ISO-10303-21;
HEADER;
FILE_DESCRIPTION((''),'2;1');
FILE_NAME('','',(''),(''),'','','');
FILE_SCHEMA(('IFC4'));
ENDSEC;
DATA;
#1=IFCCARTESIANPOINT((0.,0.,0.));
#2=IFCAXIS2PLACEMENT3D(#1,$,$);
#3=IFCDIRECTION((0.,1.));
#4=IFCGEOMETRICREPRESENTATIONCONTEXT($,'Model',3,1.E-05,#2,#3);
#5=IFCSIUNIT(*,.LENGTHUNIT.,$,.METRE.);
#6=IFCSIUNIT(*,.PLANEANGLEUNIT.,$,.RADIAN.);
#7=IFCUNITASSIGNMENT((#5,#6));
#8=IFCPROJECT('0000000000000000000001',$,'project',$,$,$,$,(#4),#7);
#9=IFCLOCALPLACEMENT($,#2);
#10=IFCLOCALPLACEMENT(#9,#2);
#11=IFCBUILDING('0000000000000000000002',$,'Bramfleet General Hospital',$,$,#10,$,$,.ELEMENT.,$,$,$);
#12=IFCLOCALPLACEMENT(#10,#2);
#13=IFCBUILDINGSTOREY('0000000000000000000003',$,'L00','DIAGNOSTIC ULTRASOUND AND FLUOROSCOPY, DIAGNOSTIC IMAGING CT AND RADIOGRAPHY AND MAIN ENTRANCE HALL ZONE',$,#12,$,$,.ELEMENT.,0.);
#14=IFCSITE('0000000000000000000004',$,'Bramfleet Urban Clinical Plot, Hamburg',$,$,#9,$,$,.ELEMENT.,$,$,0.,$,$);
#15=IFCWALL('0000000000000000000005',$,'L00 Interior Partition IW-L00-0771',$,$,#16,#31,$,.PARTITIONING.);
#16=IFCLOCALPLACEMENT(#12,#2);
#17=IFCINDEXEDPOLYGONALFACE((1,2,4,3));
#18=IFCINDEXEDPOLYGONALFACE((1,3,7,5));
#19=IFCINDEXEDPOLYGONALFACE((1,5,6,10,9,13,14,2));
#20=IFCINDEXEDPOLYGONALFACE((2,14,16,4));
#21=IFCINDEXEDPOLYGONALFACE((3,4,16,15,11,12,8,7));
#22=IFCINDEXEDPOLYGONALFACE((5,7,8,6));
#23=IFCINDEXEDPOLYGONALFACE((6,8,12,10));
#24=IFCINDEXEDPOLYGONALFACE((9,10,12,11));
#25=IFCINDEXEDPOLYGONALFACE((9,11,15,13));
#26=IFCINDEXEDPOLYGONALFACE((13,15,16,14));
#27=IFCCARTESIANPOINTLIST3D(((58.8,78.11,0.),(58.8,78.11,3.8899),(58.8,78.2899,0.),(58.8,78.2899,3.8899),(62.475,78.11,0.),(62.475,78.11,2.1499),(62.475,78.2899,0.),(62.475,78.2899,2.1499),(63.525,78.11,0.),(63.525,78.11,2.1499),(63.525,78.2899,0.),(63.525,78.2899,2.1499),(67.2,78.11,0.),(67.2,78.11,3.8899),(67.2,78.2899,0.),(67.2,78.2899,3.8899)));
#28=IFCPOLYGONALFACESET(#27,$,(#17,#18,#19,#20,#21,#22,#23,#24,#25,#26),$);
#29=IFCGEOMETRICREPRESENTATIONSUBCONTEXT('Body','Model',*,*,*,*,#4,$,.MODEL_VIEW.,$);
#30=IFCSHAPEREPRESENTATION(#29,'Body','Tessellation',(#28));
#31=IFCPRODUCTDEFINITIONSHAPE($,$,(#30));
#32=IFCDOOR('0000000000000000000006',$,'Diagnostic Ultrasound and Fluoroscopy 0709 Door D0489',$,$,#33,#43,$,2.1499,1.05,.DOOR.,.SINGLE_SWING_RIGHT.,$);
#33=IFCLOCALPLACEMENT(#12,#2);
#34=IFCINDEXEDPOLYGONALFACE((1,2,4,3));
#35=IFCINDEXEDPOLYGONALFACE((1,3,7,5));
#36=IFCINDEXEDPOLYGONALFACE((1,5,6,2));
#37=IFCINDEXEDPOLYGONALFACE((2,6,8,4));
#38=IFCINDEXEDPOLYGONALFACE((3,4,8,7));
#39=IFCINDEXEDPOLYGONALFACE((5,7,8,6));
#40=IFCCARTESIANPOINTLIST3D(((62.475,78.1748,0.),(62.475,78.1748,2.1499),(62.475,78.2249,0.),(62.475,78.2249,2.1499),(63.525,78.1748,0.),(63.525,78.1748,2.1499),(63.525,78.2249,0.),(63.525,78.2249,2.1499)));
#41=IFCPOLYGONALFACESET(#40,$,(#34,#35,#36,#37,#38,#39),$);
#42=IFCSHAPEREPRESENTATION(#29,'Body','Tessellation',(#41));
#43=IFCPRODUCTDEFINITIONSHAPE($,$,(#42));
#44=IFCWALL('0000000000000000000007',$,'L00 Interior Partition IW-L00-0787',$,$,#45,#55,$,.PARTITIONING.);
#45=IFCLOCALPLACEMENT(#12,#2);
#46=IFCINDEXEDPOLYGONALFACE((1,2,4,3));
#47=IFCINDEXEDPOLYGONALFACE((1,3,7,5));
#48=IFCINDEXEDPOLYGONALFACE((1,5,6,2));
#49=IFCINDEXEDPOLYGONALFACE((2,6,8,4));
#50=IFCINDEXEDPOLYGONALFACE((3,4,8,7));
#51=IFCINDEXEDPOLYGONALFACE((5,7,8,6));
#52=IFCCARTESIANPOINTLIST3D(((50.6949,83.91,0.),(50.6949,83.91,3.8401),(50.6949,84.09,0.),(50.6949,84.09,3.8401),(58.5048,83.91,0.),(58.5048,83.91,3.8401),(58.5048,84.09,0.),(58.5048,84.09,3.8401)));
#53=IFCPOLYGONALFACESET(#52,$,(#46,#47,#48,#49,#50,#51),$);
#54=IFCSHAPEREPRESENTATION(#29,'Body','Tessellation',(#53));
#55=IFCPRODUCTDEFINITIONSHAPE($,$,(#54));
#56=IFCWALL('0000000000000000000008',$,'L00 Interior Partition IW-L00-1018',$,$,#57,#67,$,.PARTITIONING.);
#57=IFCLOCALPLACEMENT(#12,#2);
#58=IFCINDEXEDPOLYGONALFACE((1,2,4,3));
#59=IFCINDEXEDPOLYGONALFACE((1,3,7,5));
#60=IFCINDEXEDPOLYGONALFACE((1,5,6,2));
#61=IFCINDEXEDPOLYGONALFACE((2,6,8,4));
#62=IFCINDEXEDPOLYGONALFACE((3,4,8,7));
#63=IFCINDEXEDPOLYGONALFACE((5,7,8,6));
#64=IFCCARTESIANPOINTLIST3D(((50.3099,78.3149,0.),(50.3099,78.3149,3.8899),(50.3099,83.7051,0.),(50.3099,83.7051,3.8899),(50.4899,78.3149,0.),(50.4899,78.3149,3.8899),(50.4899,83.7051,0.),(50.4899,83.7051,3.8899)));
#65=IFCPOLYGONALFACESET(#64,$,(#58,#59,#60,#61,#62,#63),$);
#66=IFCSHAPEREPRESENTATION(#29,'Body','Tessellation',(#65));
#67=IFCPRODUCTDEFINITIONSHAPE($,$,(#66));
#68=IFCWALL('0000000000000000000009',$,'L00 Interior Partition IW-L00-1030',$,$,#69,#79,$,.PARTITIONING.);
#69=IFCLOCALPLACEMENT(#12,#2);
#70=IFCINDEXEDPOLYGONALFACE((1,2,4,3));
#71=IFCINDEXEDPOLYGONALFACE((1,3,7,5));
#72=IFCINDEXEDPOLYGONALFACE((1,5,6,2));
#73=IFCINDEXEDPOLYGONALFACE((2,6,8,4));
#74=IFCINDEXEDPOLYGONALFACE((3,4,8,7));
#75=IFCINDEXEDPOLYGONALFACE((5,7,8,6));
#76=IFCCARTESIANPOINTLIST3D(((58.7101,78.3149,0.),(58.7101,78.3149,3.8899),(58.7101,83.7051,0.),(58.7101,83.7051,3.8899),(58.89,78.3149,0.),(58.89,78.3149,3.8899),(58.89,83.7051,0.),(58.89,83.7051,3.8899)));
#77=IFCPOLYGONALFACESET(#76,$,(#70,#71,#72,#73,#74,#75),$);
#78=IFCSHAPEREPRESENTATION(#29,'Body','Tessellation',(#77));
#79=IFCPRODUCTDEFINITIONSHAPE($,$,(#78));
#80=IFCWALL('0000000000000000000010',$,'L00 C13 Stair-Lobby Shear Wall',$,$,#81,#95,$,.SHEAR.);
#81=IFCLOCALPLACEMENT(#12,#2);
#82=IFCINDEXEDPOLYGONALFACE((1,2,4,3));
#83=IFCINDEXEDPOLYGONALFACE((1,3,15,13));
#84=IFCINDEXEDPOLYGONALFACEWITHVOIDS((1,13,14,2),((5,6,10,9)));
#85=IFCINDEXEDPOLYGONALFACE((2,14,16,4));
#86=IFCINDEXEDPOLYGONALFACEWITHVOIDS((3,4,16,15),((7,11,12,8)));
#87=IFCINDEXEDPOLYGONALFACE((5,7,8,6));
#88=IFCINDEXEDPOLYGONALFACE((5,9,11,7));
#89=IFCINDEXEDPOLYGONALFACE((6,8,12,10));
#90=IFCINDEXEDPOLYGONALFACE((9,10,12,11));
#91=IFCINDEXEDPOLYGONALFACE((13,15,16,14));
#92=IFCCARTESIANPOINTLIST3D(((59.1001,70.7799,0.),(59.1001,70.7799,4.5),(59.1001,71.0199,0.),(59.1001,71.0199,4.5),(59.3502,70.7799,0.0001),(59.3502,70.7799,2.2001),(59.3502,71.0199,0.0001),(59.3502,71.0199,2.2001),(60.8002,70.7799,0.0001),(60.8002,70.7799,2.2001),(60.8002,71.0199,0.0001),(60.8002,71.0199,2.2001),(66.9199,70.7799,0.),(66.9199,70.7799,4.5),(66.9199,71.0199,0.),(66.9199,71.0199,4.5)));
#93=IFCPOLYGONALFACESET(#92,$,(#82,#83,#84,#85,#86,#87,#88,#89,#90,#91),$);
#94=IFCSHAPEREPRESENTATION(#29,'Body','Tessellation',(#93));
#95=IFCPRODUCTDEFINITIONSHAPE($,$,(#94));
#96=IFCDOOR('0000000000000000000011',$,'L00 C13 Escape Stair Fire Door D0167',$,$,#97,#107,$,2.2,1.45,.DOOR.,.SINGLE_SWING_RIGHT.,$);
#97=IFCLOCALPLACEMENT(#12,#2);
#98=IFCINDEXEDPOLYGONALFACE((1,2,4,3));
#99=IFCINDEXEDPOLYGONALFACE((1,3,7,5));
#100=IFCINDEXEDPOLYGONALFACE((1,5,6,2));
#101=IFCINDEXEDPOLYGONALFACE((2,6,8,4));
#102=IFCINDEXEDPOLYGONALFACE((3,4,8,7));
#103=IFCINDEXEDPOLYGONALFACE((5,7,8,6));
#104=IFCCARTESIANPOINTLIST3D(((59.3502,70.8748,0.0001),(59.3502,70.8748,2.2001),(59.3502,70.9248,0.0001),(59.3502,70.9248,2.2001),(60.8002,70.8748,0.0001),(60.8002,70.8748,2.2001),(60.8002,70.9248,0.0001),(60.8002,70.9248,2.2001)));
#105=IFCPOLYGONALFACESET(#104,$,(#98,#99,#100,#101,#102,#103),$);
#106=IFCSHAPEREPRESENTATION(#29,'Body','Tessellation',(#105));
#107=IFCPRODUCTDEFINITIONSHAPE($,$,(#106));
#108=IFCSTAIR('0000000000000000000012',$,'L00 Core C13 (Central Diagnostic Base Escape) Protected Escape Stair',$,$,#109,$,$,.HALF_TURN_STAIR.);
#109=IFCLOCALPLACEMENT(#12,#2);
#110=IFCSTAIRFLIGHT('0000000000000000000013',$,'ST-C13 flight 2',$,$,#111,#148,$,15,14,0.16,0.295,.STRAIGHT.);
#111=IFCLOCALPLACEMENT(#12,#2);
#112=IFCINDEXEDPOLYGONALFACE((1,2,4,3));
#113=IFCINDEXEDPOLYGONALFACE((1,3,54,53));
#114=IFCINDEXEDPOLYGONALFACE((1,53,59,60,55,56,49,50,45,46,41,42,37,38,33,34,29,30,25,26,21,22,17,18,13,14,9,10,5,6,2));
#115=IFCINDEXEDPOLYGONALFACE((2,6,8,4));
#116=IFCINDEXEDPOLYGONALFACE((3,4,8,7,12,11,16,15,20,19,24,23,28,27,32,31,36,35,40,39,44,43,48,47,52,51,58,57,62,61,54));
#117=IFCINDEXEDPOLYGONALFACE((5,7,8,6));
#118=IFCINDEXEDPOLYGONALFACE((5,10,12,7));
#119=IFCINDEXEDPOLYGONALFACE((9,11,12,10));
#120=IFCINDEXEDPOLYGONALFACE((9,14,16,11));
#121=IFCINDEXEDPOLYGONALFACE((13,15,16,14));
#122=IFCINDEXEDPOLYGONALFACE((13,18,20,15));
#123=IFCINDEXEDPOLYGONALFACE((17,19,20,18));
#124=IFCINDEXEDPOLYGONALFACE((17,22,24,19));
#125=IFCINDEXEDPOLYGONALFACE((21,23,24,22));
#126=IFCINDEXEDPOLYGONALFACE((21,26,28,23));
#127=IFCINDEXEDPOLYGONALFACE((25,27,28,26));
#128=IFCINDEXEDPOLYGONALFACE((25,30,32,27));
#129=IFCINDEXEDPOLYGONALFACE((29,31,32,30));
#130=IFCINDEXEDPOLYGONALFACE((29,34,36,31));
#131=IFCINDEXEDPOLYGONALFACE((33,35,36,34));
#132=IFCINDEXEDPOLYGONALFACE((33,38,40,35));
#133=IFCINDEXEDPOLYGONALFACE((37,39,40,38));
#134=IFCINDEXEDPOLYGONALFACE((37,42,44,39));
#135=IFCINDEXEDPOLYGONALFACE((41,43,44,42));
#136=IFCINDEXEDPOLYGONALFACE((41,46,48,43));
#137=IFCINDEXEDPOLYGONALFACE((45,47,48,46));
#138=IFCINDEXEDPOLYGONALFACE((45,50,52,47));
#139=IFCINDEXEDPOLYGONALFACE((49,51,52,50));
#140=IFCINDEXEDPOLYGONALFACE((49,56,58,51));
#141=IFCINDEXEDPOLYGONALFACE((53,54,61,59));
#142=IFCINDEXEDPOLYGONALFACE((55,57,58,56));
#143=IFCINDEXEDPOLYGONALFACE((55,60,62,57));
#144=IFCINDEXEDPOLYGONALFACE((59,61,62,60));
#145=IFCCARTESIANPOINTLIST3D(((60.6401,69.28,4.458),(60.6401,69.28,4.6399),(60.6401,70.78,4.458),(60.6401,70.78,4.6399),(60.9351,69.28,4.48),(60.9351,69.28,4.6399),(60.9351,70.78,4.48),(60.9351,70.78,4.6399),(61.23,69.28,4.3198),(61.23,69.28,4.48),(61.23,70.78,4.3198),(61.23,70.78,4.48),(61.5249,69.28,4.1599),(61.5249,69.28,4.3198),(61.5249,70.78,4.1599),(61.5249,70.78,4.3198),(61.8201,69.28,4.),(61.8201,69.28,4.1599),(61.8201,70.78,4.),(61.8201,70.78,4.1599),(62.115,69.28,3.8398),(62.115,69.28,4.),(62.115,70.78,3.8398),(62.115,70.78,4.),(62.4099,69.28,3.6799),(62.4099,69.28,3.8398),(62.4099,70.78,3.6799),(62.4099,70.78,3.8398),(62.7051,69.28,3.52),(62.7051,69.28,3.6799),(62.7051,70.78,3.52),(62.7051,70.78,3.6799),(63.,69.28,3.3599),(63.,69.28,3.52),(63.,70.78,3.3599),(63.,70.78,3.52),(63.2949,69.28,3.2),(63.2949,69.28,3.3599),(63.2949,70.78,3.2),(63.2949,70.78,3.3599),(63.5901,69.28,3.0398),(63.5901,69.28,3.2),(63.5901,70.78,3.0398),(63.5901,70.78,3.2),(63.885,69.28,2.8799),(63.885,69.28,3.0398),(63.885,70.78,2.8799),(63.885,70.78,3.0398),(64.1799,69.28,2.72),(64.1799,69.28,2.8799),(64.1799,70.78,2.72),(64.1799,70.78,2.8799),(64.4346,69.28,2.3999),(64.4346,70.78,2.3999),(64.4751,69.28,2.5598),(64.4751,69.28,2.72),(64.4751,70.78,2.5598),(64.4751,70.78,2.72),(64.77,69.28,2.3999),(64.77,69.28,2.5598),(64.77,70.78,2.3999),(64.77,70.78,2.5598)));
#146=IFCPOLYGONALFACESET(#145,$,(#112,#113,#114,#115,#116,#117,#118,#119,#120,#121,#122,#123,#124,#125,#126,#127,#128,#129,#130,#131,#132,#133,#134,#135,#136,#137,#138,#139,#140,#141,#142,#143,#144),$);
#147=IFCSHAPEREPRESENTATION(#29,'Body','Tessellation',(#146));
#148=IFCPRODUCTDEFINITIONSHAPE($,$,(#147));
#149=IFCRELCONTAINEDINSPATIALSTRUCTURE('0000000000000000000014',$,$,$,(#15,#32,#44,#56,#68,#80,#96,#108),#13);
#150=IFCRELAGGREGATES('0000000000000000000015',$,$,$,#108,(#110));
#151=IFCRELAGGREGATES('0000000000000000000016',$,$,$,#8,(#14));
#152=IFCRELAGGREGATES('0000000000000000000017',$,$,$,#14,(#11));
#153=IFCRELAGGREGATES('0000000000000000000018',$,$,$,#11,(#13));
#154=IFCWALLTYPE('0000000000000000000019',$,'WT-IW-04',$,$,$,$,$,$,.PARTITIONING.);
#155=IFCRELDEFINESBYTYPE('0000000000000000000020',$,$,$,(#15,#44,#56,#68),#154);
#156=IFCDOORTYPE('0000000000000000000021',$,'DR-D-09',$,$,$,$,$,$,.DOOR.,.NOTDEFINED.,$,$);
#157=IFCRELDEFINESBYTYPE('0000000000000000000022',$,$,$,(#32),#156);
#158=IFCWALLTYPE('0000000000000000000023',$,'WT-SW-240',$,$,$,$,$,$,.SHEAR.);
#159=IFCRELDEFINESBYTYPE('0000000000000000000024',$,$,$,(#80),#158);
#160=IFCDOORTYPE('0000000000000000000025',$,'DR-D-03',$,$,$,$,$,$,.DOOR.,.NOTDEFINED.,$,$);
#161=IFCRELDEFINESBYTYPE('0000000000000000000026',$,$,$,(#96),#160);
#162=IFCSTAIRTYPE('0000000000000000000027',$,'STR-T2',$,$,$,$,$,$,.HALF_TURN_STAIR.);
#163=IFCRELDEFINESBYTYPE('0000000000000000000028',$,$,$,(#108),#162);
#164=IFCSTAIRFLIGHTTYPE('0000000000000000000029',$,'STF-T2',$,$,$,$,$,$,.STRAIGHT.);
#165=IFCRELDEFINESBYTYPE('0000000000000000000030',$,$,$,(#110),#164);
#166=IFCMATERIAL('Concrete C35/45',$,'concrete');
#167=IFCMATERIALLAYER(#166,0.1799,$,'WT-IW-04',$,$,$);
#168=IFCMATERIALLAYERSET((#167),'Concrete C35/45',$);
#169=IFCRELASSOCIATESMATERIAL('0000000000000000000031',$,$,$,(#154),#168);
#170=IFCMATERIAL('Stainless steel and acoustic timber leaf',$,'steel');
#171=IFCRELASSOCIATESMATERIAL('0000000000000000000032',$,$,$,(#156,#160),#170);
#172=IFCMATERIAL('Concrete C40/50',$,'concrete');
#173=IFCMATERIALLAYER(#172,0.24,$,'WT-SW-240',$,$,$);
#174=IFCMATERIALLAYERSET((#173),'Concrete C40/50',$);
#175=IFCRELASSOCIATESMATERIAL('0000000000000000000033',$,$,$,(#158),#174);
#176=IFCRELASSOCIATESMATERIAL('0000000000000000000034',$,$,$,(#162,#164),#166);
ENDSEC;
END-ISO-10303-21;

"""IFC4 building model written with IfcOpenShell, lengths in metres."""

from ifc_helpers import new_model, si_unit, direction, frame, frame_2d, origin, place, context, subcontext, project, spatial, polyline, rectangle, outline, extrude, material, layer, layer_set, type_object, element, fill, aggregate, save


model = new_model("IFC4")

# Units and contexts
model_context = context("Model", 3, precision=1e-05, world=origin(), true_north=direction((0.0, 1.0)))
body_context = subcontext(model_context, "Body", "Model", "MODEL_VIEW")
ifc_project = project(units=[si_unit("LENGTHUNIT", "METRE"), si_unit("PLANEANGLEUNIT", "RADIAN")], contexts=[model_context])

# Site, building, storey
site_placement = place(None, origin())
site = spatial("IfcSite", under=ifc_project, at=site_placement, Name="Bramfleet Urban Clinical Plot, Hamburg", CompositionType="ELEMENT", RefElevation=0.0)
building_placement = place(site_placement, origin())
building = spatial("IfcBuilding", under=site, at=building_placement, Name="Bramfleet General Hospital", CompositionType="ELEMENT")
storey_placement = place(building_placement, origin())
storey = spatial("IfcBuildingStorey", under=building, at=storey_placement, Name="L00", Description="DIAGNOSTIC ULTRASOUND AND FLUOROSCOPY, DIAGNOSTIC IMAGING CT AND RADIOGRAPHY AND MAIN ENTRANCE HALL ZONE", CompositionType="ELEMENT", Elevation=0.0)

# Shared definitions
ifc_material_1 = material(Name="Concrete C40/50", Category="concrete")

# Shared definitions
ifc_material_2 = material(Name="Concrete C35/45", Category="concrete")

# Wall, opening, door
ifc_material_3 = material(Name="Stainless steel and acoustic timber leaf", Category="steel")
ifc_layer_1 = layer(ifc_material_2, 0.1799, Name="WT-IW-04")
ifc_layer_set_1 = layer_set([ifc_layer_1], Name="Concrete C35/45")
wall_type_1 = type_object("IfcWallType", Name="WT-IW-04", PredefinedType="PARTITIONING", material=ifc_layer_set_1)
wall_1_placement = place(storey_placement, frame((58.8, 78.2, 0.0), z_axis=(0.0, 0.0, 1.0), x_axis=(1.0, 0.0, 0.0)))
wall_1 = element("IfcWall", 1, at=wall_1_placement, inside=storey, type_object=wall_type_1, Name="L00 Interior Partition IW-L00-0771", PredefinedType="PARTITIONING", context=body_context, shape_type="SweptSolid", body=[
    extrude(rectangle(XDim=8.3999, YDim=0.1799, at=frame_2d((4.2, 0.0))), origin(), (0.0, 0.0, 1.0), 3.8899),
])
opening_1_placement = place(wall_1_placement, frame((3.675, 0.0, 0.0)))
opening_1 = element("IfcOpeningElement", 2, at=opening_1_placement, cuts=wall_1, PredefinedType="OPENING", context=body_context, shape_type="SweptSolid", body=[
    extrude(rectangle(XDim=1.05, YDim=2.1499, at=frame_2d((0.5249, 1.075))), frame((0.0, 0.0999, 0.0), z_axis=(0.0, -1.0, 0.0), x_axis=(1.0, 0.0, 0.0)), (0.0, 0.0, 1.0), 0.2),
])
door_type_1 = type_object("IfcDoorType", Name="DR-D-09", OperationType="NOTDEFINED", PredefinedType="DOOR", material=ifc_material_3)
door_1_placement = place(opening_1_placement, origin())
door_1 = element("IfcDoor", 3, at=door_1_placement, inside=storey, type_object=door_type_1, Name="Diagnostic Ultrasound and Fluoroscopy 0709 Door D0489", OperationType="SINGLE_SWING_RIGHT", OverallHeight=2.1499, OverallWidth=1.05, PredefinedType="DOOR", context=body_context, shape_type="SweptSolid", body=[
    extrude(rectangle(XDim=1.05, YDim=2.1499, at=frame_2d((0.5249, 1.075))), frame((0.0, 0.0249, 0.0), z_axis=(0.0, -1.0, 0.0), x_axis=(1.0, 0.0, 0.0)), (0.0, 0.0, 1.0), 0.05),
])
fill(opening_1, door_1)

# Walls
wall_2_placement = place(storey_placement, frame((50.6951, 84.0, 0.0), z_axis=(0.0, 0.0, 1.0), x_axis=(1.0, 0.0, 0.0)))
element("IfcWall", 4, at=wall_2_placement, inside=storey, type_object=wall_type_1, Name="L00 Interior Partition IW-L00-0787", PredefinedType="PARTITIONING", context=body_context, shape_type="SweptSolid", body=[
    extrude(rectangle(XDim=7.8098, YDim=0.1799, at=frame_2d((3.9048, 0.0))), origin(), (0.0, 0.0, 1.0), 3.8401),
])
for number, where, z_axis, x_axis, name in (
    (5, (50.3999, 78.3149, 0.0), (0.0, 0.0, 1.0), (0.0, 1.0, 0.0), "L00 Interior Partition IW-L00-1018"),
    (6, (58.8, 78.3149, 0.0), (0.0, 0.0, 1.0), (0.0, 1.0, 0.0), "L00 Interior Partition IW-L00-1030"),
):
    element("IfcWall", number, at=place(storey_placement, frame(where, z_axis=z_axis, x_axis=x_axis)), inside=storey, type_object=wall_type_1, Name=name, PredefinedType="PARTITIONING", context=body_context, shape_type="SweptSolid", body=[
        extrude(rectangle(XDim=5.3901, YDim=0.1799, at=frame_2d((2.6951, 0.0))), origin(), (0.0, 0.0, 1.0), 3.8899),
    ])

# Wall, opening, door
ifc_layer_2 = layer(ifc_material_1, 0.24, Name="WT-SW-240")
ifc_layer_set_2 = layer_set([ifc_layer_2], Name="Concrete C40/50")
wall_type_2 = type_object("IfcWallType", Name="WT-SW-240", PredefinedType="SHEAR", material=ifc_layer_set_2)
wall_3_placement = place(storey_placement, frame((59.1001, 70.8999, 0.0), z_axis=(0.0, 0.0, 1.0), x_axis=(1.0, 0.0, 0.0)))
wall_3 = element("IfcWall", 7, at=wall_3_placement, inside=storey, type_object=wall_type_2, Name="L00 C13 Stair-Lobby Shear Wall", PredefinedType="SHEAR", context=body_context, shape_type="SweptSolid", body=[
    extrude(rectangle(XDim=7.8198, YDim=0.24, at=frame_2d((3.9099, 0.0))), origin(), (0.0, 0.0, 1.0), 4.5),
])
opening_2_placement = place(wall_3_placement, frame((0.25, 0.0, 0.0)))
opening_2 = element("IfcOpeningElement", 8, at=opening_2_placement, cuts=wall_3, PredefinedType="OPENING", context=body_context, shape_type="SweptSolid", body=[
    extrude(rectangle(XDim=1.45, YDim=2.2, at=frame_2d((0.7251, 1.1001))), frame((0.0, 0.1299, 0.0), z_axis=(0.0, -1.0, 0.0), x_axis=(1.0, 0.0, 0.0)), (0.0, 0.0, 1.0), 0.26),
])
door_type_2 = type_object("IfcDoorType", Name="DR-D-03", OperationType="NOTDEFINED", PredefinedType="DOOR", material=ifc_material_3)
door_2_placement = place(opening_2_placement, origin())
door_2 = element("IfcDoor", 9, at=door_2_placement, inside=storey, type_object=door_type_2, Name="L00 C13 Escape Stair Fire Door D0167", OperationType="SINGLE_SWING_RIGHT", OverallHeight=2.2, OverallWidth=1.45, PredefinedType="DOOR", context=body_context, shape_type="SweptSolid", body=[
    extrude(rectangle(XDim=1.45, YDim=2.2, at=frame_2d((0.7251, 1.1001))), frame((0.0, 0.0249, 0.0), z_axis=(0.0, -1.0, 0.0), x_axis=(1.0, 0.0, 0.0)), (0.0, 0.0, 1.0), 0.05),
])
fill(opening_2, door_2)

# Stair, stair flight
stair_type = type_object("IfcStairType", Name="STR-T2", PredefinedType="HALF_TURN_STAIR", material=ifc_material_2)
stair_placement = place(storey_placement, origin())
stair = element("IfcStair", 10, at=stair_placement, inside=storey, type_object=stair_type, Name="L00 Core C13 (Central Diagnostic Base Escape) Protected Escape Stair", PredefinedType="HALF_TURN_STAIR")
stair_flight_type = type_object("IfcStairFlightType", Name="STF-T2", PredefinedType="STRAIGHT", material=ifc_material_2)
stair_flight_placement = place(storey_placement, frame((64.77, 70.03, 2.3999), z_axis=(0.0, 0.0, 1.0), x_axis=(-1.0, 0.0, 0.0)))
stair_flight = element("IfcStairFlight", 11, at=stair_flight_placement, type_object=stair_flight_type, Name="ST-C13 flight 2", NumberOfRisers=15, NumberOfTreads=14, PredefinedType="STRAIGHT", RiserHeight=0.16, TreadLength=0.295, context=body_context, shape_type="SweptSolid", body=[
    extrude(outline(polyline([(0.0, 0.0), (0.0, 0.1599), (0.2949, 0.1599), (0.2949, 0.3201), (0.5901, 0.3201), (0.5901, 0.48), (0.885, 0.48), (0.885, 0.6399), (1.1799, 0.6399), (1.1799, 0.8), (1.4751, 0.8), (1.4751, 0.96), (1.77, 0.96), (1.77, 1.1201), (2.0649, 1.1201), (2.0649, 1.28), (2.3601, 1.28), (2.3601, 1.4399), (2.655, 1.4399), (2.655, 1.6001), (2.95, 1.6001), (2.95, 1.76), (3.2451, 1.76), (3.2451, 1.9199), (3.54, 1.9199), (3.54, 2.0801), (3.835, 2.0801), (3.835, 2.24), (4.1299, 2.24), (4.1299, 2.3999), (4.1299, 2.0581), (0.3354, 0.0), (0.0, 0.0)])), frame((0.0, 0.75, 0.0), z_axis=(0.0, -1.0, 0.0), x_axis=(1.0, 0.0, 0.0)), (0.0, 0.0, 1.0), 1.5),
])
aggregate(stair, [stair_flight])

save(model, "model.ifc")
